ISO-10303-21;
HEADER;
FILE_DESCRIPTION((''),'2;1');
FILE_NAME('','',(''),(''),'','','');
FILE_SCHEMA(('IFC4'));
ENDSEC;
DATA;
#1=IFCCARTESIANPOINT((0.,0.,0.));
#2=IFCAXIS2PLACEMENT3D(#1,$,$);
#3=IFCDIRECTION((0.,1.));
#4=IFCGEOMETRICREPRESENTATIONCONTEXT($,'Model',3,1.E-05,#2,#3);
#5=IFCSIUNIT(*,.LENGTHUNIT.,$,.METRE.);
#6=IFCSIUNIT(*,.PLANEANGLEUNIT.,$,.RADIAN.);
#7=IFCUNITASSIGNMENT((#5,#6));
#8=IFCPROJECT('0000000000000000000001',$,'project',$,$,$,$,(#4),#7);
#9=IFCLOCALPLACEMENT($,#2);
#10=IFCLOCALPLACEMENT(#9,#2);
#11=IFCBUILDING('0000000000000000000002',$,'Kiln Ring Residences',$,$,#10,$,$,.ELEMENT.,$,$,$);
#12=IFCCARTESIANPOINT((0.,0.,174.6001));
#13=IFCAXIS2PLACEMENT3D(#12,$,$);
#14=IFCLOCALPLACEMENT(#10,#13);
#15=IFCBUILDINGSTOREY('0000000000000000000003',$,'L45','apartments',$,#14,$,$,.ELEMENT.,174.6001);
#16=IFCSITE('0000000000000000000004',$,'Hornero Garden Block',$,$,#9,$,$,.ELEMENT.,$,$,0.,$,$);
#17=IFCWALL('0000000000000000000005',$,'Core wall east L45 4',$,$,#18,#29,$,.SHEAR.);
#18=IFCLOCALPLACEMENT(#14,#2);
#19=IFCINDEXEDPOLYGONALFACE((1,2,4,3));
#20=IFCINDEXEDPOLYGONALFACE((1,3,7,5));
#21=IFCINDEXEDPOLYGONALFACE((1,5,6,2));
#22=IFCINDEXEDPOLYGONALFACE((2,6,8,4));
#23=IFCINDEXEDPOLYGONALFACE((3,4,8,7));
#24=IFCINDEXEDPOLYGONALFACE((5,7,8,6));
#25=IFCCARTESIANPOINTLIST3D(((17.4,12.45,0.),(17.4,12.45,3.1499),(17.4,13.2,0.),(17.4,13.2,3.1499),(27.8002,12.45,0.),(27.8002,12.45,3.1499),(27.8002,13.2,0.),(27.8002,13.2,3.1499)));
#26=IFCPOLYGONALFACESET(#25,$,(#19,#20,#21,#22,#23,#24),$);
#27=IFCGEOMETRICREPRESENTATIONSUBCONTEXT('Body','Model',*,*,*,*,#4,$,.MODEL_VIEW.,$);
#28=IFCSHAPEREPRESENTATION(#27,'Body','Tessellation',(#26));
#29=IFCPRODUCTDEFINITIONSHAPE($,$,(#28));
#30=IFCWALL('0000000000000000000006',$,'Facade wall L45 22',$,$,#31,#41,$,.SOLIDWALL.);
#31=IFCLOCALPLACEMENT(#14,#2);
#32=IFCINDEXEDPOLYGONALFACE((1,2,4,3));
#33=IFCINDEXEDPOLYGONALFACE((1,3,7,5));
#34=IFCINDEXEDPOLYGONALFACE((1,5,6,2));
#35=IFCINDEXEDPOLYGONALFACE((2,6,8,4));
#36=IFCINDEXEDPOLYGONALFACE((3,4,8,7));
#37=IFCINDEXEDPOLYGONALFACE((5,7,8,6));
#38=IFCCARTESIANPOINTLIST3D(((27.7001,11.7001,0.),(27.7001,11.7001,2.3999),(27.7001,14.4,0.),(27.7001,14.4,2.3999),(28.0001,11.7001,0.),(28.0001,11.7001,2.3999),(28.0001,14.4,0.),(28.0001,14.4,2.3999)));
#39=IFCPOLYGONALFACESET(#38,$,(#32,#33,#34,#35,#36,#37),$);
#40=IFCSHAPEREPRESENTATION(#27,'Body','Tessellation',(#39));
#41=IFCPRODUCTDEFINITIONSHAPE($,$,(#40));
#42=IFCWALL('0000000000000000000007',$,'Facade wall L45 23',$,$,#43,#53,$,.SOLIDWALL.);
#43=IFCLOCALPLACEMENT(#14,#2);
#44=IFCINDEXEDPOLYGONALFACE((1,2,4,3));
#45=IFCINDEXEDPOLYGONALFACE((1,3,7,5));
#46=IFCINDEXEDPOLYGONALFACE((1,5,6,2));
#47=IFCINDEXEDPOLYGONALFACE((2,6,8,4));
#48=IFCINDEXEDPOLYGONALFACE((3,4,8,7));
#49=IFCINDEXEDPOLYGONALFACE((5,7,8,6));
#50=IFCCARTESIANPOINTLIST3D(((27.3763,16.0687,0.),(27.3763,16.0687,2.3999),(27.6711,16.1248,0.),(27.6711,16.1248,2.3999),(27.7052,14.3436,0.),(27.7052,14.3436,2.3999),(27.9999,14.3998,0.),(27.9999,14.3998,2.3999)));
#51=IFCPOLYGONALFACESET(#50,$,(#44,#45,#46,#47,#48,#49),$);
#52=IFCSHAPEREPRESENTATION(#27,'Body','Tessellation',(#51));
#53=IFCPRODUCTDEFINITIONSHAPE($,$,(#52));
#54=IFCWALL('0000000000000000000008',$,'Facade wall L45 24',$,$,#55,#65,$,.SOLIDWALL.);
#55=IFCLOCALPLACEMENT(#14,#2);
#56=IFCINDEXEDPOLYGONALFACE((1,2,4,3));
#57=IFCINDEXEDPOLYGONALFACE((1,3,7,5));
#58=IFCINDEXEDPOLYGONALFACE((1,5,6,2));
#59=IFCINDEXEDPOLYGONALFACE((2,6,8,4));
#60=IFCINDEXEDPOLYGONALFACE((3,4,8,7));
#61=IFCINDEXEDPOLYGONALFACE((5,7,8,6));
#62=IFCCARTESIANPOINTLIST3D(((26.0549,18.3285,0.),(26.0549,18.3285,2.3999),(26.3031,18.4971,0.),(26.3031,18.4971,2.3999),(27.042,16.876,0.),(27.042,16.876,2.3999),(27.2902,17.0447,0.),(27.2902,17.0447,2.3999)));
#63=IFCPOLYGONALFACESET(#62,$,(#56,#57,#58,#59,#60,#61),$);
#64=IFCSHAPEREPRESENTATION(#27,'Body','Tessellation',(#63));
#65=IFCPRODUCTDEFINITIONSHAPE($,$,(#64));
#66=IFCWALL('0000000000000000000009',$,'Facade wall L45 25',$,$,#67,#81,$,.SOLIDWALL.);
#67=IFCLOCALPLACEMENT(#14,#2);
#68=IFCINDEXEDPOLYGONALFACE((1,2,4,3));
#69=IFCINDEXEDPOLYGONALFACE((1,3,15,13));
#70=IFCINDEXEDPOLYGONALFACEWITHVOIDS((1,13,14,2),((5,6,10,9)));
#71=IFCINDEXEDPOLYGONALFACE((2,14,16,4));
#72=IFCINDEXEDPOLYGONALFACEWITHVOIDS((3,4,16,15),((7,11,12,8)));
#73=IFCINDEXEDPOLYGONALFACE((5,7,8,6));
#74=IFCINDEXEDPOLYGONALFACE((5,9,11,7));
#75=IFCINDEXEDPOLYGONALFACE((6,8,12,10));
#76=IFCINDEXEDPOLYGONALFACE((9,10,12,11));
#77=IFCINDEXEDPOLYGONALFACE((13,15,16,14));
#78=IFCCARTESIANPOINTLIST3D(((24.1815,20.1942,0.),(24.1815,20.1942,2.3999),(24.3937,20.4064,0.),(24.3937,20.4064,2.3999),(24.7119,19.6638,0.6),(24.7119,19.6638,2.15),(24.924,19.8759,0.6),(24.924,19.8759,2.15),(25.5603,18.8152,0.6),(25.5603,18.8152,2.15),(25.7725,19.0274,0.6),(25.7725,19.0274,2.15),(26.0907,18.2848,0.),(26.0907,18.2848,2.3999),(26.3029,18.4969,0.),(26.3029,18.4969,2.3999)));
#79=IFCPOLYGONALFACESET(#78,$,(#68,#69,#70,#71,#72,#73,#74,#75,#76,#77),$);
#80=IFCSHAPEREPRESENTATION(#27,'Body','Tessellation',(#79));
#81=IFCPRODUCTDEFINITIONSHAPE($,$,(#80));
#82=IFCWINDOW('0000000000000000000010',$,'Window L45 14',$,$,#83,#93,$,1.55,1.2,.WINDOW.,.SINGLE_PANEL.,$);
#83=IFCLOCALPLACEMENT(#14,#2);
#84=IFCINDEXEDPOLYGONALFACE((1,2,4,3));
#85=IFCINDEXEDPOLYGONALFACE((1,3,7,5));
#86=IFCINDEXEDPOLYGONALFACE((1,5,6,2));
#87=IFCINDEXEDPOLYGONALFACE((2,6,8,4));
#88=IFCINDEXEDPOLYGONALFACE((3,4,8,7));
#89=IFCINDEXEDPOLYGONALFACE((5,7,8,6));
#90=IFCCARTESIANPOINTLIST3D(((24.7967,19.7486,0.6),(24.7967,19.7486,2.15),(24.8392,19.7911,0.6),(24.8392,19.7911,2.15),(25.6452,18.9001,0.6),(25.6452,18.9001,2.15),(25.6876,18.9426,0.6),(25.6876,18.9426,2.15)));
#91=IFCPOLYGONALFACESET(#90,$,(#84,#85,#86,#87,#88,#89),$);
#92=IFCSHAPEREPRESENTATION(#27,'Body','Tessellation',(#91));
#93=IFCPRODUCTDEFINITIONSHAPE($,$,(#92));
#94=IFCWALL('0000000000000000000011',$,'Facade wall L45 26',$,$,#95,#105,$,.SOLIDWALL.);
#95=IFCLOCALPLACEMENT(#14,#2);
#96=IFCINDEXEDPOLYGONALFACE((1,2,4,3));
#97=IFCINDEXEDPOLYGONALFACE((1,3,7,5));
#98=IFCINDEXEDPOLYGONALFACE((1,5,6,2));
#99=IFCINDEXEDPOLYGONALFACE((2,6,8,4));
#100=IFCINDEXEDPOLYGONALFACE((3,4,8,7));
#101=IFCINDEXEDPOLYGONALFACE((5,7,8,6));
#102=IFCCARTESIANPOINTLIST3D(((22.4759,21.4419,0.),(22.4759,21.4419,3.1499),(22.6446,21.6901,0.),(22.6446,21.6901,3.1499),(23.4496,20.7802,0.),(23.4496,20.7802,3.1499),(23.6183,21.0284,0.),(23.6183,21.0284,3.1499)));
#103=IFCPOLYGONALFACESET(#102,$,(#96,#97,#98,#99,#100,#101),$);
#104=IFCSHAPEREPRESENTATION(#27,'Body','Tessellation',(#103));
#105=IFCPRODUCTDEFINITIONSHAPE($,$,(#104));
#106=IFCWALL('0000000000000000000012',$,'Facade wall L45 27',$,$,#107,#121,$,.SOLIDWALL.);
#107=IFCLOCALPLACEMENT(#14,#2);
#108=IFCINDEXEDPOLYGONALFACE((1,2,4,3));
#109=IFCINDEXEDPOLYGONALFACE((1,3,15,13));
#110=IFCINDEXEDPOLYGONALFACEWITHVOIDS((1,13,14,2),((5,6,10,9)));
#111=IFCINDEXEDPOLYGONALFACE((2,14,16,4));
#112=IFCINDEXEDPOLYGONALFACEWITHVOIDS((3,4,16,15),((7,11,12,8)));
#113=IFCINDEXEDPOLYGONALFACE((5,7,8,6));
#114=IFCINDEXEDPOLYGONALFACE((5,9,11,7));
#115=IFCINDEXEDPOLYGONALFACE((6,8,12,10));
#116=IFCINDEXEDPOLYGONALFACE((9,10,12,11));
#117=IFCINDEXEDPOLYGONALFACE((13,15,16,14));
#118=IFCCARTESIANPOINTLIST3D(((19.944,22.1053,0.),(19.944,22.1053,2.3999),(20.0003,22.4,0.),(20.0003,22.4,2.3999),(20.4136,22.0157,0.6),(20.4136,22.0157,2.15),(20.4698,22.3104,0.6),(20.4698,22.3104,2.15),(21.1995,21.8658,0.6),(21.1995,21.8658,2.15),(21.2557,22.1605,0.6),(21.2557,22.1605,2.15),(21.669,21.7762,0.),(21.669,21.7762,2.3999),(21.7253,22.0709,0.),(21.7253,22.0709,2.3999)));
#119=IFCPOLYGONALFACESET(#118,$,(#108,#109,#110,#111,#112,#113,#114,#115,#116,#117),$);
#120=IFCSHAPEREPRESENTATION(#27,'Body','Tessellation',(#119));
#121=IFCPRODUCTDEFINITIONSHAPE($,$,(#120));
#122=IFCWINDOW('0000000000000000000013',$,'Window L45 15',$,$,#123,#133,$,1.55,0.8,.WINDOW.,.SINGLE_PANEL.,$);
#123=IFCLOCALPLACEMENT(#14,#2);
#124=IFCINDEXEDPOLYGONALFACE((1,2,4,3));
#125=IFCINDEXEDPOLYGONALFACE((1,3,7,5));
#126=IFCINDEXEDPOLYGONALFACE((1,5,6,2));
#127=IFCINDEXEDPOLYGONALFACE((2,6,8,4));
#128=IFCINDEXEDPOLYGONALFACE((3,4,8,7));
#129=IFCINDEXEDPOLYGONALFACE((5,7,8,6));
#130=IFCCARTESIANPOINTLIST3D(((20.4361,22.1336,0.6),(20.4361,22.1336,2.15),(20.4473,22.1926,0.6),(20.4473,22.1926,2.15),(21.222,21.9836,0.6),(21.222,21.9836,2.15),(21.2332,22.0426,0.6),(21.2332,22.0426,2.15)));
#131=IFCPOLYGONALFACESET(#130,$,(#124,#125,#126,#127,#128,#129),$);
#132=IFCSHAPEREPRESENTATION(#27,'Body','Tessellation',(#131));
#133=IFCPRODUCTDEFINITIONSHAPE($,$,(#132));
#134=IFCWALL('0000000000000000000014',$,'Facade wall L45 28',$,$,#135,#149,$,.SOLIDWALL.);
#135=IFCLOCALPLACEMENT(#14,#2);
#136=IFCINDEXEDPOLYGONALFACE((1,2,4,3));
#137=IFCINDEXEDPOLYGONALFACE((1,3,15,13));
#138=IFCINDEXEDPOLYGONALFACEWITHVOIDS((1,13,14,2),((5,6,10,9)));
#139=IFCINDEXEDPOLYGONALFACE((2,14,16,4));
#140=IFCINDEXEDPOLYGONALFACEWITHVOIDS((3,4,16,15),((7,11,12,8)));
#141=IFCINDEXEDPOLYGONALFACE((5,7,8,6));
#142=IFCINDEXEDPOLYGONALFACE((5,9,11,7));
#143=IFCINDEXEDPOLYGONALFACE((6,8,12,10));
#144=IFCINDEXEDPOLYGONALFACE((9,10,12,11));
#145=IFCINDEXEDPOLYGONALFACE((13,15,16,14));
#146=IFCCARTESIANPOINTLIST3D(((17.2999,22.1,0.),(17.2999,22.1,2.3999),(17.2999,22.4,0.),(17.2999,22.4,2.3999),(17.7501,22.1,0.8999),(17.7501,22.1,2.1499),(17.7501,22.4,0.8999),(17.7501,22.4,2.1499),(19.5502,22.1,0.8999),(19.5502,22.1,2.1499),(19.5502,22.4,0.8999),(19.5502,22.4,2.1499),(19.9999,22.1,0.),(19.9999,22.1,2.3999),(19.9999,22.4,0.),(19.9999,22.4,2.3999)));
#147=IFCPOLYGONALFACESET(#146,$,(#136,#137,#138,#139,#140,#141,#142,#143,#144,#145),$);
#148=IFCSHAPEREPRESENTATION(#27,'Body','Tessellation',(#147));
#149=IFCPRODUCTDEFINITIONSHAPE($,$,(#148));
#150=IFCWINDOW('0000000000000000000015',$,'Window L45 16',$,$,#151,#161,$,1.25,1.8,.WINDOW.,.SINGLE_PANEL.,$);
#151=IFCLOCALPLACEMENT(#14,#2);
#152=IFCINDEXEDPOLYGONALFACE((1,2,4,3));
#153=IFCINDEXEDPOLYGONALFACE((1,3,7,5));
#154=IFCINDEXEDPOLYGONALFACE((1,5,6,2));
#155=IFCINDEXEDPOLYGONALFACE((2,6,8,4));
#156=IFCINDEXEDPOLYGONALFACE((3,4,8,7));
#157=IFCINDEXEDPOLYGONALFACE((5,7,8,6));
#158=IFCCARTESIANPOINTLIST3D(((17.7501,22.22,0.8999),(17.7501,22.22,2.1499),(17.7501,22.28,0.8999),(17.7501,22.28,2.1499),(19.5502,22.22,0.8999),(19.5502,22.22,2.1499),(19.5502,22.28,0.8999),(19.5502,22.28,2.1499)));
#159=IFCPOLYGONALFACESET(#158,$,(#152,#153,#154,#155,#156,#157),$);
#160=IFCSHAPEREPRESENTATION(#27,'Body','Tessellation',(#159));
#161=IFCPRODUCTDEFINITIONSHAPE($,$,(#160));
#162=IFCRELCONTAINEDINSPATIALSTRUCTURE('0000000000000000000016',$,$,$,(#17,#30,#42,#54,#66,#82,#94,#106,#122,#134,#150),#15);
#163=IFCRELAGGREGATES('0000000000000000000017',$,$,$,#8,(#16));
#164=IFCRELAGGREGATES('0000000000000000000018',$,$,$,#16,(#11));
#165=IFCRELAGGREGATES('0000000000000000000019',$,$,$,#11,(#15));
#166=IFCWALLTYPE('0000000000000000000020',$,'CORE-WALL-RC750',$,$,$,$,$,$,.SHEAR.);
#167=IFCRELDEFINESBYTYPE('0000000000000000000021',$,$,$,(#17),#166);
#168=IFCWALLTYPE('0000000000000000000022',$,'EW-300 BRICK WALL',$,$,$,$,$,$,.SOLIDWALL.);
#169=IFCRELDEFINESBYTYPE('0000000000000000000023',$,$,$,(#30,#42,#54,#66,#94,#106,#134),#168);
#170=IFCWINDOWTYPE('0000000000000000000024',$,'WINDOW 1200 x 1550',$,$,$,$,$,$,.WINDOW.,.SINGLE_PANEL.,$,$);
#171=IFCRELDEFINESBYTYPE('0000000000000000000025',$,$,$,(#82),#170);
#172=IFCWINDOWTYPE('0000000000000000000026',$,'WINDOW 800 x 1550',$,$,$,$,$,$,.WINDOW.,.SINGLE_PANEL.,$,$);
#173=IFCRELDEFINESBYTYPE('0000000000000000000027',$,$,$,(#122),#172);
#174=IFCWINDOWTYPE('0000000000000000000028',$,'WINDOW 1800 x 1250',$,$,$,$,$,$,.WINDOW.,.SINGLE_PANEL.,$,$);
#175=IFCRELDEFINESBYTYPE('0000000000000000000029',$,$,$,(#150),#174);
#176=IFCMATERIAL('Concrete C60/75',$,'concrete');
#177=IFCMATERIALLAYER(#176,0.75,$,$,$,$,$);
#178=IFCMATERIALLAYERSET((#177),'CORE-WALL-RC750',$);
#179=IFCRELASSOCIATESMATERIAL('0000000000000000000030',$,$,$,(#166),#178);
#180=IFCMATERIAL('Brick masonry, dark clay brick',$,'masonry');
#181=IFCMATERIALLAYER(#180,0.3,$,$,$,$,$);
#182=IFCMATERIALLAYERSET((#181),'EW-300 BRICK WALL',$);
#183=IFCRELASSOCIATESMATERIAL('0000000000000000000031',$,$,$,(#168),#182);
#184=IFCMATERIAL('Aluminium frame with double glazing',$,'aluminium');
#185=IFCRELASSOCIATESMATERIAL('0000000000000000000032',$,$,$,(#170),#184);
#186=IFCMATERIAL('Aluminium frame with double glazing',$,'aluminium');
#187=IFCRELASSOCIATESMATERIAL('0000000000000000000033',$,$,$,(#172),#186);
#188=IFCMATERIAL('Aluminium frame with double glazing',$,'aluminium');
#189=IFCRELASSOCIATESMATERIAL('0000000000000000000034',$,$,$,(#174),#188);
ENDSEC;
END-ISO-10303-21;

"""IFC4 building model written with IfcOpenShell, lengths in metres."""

from ifc_helpers import new_model, si_unit, direction, frame, frame_2d, origin, place, context, subcontext, project, spatial, rectangle, extrude, material, layer, layer_set, type_object, element, fill, save


model = new_model("IFC4")

# Units and contexts
model_context = context("Model", 3, precision=1e-05, world=origin(), true_north=direction((0.0, 1.0)))
body_context = subcontext(model_context, "Body", "Model", "MODEL_VIEW")
ifc_project = project(units=[si_unit("LENGTHUNIT", "METRE"), si_unit("PLANEANGLEUNIT", "RADIAN")], contexts=[model_context])

# Site, building, storey
site_placement = place(None, origin())
site = spatial("IfcSite", under=ifc_project, at=site_placement, Name="Hornero Garden Block", CompositionType="ELEMENT", RefElevation=0.0)
building_placement = place(site_placement, origin())
building = spatial("IfcBuilding", under=site, at=building_placement, Name="Kiln Ring Residences", CompositionType="ELEMENT")
storey_placement = place(building_placement, frame((0.0, 0.0, 174.6001)))
storey = spatial("IfcBuildingStorey", under=building, at=storey_placement, Name="L45", Description="apartments", CompositionType="ELEMENT", Elevation=174.6001)

# Walls
ifc_material_1 = material(Name="Concrete C60/75", Category="concrete")
ifc_layer_1 = layer(ifc_material_1, 0.75)
ifc_layer_set_1 = layer_set([ifc_layer_1], Name="CORE-WALL-RC750")
wall_type_1 = type_object("IfcWallType", Name="CORE-WALL-RC750", PredefinedType="SHEAR", material=ifc_layer_set_1)
wall_1_placement = place(storey_placement, frame((17.3999, 12.825, 0.0), z_axis=(0.0, 0.0, 1.0), x_axis=(1.0, 0.0, 0.0)))
element("IfcWall", 1, at=wall_1_placement, inside=storey, type_object=wall_type_1, Name="Core wall east L45 4", PredefinedType="SHEAR", context=body_context, shape_type="SweptSolid", body=[
    extrude(rectangle(XDim=10.4001, YDim=0.75, at=frame_2d((5.2002, 0.0))), origin(), (0.0, 0.0, 1.0), 3.1499),
])
ifc_material_2 = material(Name="Brick masonry, dark clay brick", Category="masonry")
ifc_layer_2 = layer(ifc_material_2, 0.3)
ifc_layer_set_2 = layer_set([ifc_layer_2], Name="EW-300 BRICK WALL")
wall_type_2 = type_object("IfcWallType", Name="EW-300 BRICK WALL", PredefinedType="SOLIDWALL", material=ifc_layer_set_2)
wall_2_placement = place(storey_placement, frame((27.8501, 11.7, 0.0), z_axis=(0.0, 0.0, 1.0), x_axis=(0.0, 1.0, 0.0)))
element("IfcWall", 2, at=wall_2_placement, inside=storey, type_object=wall_type_2, Name="Facade wall L45 22", PredefinedType="SOLIDWALL", context=body_context, shape_type="SweptSolid", body=[
    extrude(rectangle(XDim=2.7, YDim=0.3, at=frame_2d((1.3501, 0.0))), origin(), (0.0, 0.0, 1.0), 2.3999),
])
for number, where, z_axis, x_axis, name in (
    (3, (27.8525, 14.3718, 0.0), (0.0, 0.0, 1.0), (-0.187259, 0.982311, 0.0), "Facade wall L45 23"),
    (4, (27.166, 16.9604, 0.0), (0.0, 0.0, 1.0), (-0.562089, 0.827076, 0.0), "Facade wall L45 24"),
):
    element("IfcWall", number, at=place(storey_placement, frame(where, z_axis=z_axis, x_axis=x_axis)), inside=storey, type_object=wall_type_2, Name=name, PredefinedType="SOLIDWALL", context=body_context, shape_type="SweptSolid", body=[
        extrude(rectangle(XDim=1.7561, YDim=0.3, at=frame_2d((0.8779, 0.0))), origin(), (0.0, 0.0, 1.0), 2.3999),
    ])

# Wall, opening, window
wall_3_placement = place(storey_placement, frame((26.1968, 18.3909, 0.0), z_axis=(0.0, 0.0, 1.0), x_axis=(-0.707062, 0.707152, 0.0)))
wall_3 = element("IfcWall", 5, at=wall_3_placement, inside=storey, type_object=wall_type_2, Name="Facade wall L45 25", PredefinedType="SOLIDWALL", context=body_context, shape_type="SweptSolid", body=[
    extrude(rectangle(XDim=2.7002, YDim=0.3, at=frame_2d((1.3501, 0.0))), origin(), (0.0, 0.0, 1.0), 2.3999),
])
opening_1_placement = place(wall_3_placement, frame((0.75, 0.0, 0.6001)))
opening_1 = element("IfcOpeningElement", 6, at=opening_1_placement, cuts=wall_3, PredefinedType="OPENING", context=body_context, shape_type="SweptSolid", body=[
    extrude(rectangle(XDim=1.2, YDim=1.55, at=frame_2d((0.6001, 0.7749))), frame((0.0, 0.1599, 0.0), z_axis=(0.0, -1.0, 0.0), x_axis=(1.0, 0.0, 0.0)), (0.0, 0.0, 1.0), 0.3201),
])
ifc_material_3 = material(Name="Aluminium frame with double glazing", Category="aluminium")
window_type_1 = type_object("IfcWindowType", Name="WINDOW 1200 x 1550", PartitioningType="SINGLE_PANEL", PredefinedType="WINDOW", material=ifc_material_3)
window_1_placement = place(opening_1_placement, origin())
window_1 = element("IfcWindow", 7, at=window_1_placement, inside=storey, type_object=window_type_1, Name="Window L45 14", OverallHeight=1.55, OverallWidth=1.2, PartitioningType="SINGLE_PANEL", PredefinedType="WINDOW", context=body_context, shape_type="SweptSolid", body=[
    extrude(rectangle(XDim=1.2, YDim=1.55, at=frame_2d((0.6001, 0.7749))), frame((0.0, 0.03, 0.0), z_axis=(0.0, -1.0, 0.0), x_axis=(1.0, 0.0, 0.0)), (0.0, 0.0, 1.0), 0.0601),
])
fill(opening_1, window_1)

# Wall
wall_4_placement = place(storey_placement, frame((23.5339, 20.9043, 0.0), z_axis=(0.0, 0.0, 1.0), x_axis=(-0.827104, 0.562049, 0.0)))
element("IfcWall", 8, at=wall_4_placement, inside=storey, type_object=wall_type_2, Name="Facade wall L45 26", PredefinedType="SOLIDWALL", context=body_context, shape_type="SweptSolid", body=[
    extrude(rectangle(XDim=1.1772, YDim=0.3, at=frame_2d((0.5886, 0.0))), origin(), (0.0, 0.0, 1.0), 3.1499),
])

# Walls, openings, windows
wall_5_placement = place(storey_placement, frame((21.697, 21.9236, 0.0), z_axis=(0.0, 0.0, 1.0), x_axis=(-0.982285, 0.187393, 0.0)))
wall_5 = element("IfcWall", 9, at=wall_5_placement, inside=storey, type_object=wall_type_2, Name="Facade wall L45 27", PredefinedType="SOLIDWALL", context=body_context, shape_type="SweptSolid", body=[
    extrude(rectangle(XDim=1.7561, YDim=0.3, at=frame_2d((0.8779, 0.0))), origin(), (0.0, 0.0, 1.0), 2.3999),
])
opening_2_placement = place(wall_5_placement, frame((0.478, 0.0, 0.6001)))
opening_2 = element("IfcOpeningElement", 10, at=opening_2_placement, cuts=wall_5, PredefinedType="OPENING", context=body_context, shape_type="SweptSolid", body=[
    extrude(rectangle(XDim=0.8, YDim=1.55, at=frame_2d((0.3999, 0.7749))), frame((0.0, 0.1599, 0.0), z_axis=(0.0, -1.0, 0.0), x_axis=(1.0, 0.0, 0.0)), (0.0, 0.0, 1.0), 0.3201),
])
ifc_material_4 = material(Name="Aluminium frame with double glazing", Category="aluminium")
window_type_2 = type_object("IfcWindowType", Name="WINDOW 800 x 1550", PartitioningType="SINGLE_PANEL", PredefinedType="WINDOW", material=ifc_material_4)
window_2_placement = place(opening_2_placement, origin())
window_2 = element("IfcWindow", 11, at=window_2_placement, inside=storey, type_object=window_type_2, Name="Window L45 15", OverallHeight=1.55, OverallWidth=0.8, PartitioningType="SINGLE_PANEL", PredefinedType="WINDOW", context=body_context, shape_type="SweptSolid", body=[
    extrude(rectangle(XDim=0.8, YDim=1.55, at=frame_2d((0.3999, 0.7749))), frame((0.0, 0.03, 0.0), z_axis=(0.0, -1.0, 0.0), x_axis=(1.0, 0.0, 0.0)), (0.0, 0.0, 1.0), 0.0601),
])
fill(opening_2, window_2)
wall_6_placement = place(storey_placement, frame((20.0, 22.25, 0.0), z_axis=(0.0, 0.0, 1.0), x_axis=(-1.0, 0.0, 0.0)))
wall_6 = element("IfcWall", 12, at=wall_6_placement, inside=storey, type_object=wall_type_2, Name="Facade wall L45 28", PredefinedType="SOLIDWALL", context=body_context, shape_type="SweptSolid", body=[
    extrude(rectangle(XDim=2.7, YDim=0.3, at=frame_2d((1.3501, 0.0))), origin(), (0.0, 0.0, 1.0), 2.3999),
])
opening_3_placement = place(wall_6_placement, frame((0.45, 0.0, 0.8999)))
opening_3 = element("IfcOpeningElement", 13, at=opening_3_placement, cuts=wall_6, PredefinedType="OPENING", context=body_context, shape_type="SweptSolid", body=[
    extrude(rectangle(XDim=1.8, YDim=1.25, at=frame_2d((0.8999, 0.625))), frame((0.0, 0.1599, 0.0), z_axis=(0.0, -1.0, 0.0), x_axis=(1.0, 0.0, 0.0)), (0.0, 0.0, 1.0), 0.3201),
])
ifc_material_5 = material(Name="Aluminium frame with double glazing", Category="aluminium")
window_type_3 = type_object("IfcWindowType", Name="WINDOW 1800 x 1250", PartitioningType="SINGLE_PANEL", PredefinedType="WINDOW", material=ifc_material_5)
window_3_placement = place(opening_3_placement, origin())
window_3 = element("IfcWindow", 14, at=window_3_placement, inside=storey, type_object=window_type_3, Name="Window L45 16", OverallHeight=1.25, OverallWidth=1.8, PartitioningType="SINGLE_PANEL", PredefinedType="WINDOW", context=body_context, shape_type="SweptSolid", body=[
    extrude(rectangle(XDim=1.8, YDim=1.25, at=frame_2d((0.8999, 0.625))), frame((0.0, 0.03, 0.0), z_axis=(0.0, -1.0, 0.0), x_axis=(1.0, 0.0, 0.0)), (0.0, 0.0, 1.0), 0.0601),
])
fill(opening_3, window_3)

save(model, "model.ifc")
